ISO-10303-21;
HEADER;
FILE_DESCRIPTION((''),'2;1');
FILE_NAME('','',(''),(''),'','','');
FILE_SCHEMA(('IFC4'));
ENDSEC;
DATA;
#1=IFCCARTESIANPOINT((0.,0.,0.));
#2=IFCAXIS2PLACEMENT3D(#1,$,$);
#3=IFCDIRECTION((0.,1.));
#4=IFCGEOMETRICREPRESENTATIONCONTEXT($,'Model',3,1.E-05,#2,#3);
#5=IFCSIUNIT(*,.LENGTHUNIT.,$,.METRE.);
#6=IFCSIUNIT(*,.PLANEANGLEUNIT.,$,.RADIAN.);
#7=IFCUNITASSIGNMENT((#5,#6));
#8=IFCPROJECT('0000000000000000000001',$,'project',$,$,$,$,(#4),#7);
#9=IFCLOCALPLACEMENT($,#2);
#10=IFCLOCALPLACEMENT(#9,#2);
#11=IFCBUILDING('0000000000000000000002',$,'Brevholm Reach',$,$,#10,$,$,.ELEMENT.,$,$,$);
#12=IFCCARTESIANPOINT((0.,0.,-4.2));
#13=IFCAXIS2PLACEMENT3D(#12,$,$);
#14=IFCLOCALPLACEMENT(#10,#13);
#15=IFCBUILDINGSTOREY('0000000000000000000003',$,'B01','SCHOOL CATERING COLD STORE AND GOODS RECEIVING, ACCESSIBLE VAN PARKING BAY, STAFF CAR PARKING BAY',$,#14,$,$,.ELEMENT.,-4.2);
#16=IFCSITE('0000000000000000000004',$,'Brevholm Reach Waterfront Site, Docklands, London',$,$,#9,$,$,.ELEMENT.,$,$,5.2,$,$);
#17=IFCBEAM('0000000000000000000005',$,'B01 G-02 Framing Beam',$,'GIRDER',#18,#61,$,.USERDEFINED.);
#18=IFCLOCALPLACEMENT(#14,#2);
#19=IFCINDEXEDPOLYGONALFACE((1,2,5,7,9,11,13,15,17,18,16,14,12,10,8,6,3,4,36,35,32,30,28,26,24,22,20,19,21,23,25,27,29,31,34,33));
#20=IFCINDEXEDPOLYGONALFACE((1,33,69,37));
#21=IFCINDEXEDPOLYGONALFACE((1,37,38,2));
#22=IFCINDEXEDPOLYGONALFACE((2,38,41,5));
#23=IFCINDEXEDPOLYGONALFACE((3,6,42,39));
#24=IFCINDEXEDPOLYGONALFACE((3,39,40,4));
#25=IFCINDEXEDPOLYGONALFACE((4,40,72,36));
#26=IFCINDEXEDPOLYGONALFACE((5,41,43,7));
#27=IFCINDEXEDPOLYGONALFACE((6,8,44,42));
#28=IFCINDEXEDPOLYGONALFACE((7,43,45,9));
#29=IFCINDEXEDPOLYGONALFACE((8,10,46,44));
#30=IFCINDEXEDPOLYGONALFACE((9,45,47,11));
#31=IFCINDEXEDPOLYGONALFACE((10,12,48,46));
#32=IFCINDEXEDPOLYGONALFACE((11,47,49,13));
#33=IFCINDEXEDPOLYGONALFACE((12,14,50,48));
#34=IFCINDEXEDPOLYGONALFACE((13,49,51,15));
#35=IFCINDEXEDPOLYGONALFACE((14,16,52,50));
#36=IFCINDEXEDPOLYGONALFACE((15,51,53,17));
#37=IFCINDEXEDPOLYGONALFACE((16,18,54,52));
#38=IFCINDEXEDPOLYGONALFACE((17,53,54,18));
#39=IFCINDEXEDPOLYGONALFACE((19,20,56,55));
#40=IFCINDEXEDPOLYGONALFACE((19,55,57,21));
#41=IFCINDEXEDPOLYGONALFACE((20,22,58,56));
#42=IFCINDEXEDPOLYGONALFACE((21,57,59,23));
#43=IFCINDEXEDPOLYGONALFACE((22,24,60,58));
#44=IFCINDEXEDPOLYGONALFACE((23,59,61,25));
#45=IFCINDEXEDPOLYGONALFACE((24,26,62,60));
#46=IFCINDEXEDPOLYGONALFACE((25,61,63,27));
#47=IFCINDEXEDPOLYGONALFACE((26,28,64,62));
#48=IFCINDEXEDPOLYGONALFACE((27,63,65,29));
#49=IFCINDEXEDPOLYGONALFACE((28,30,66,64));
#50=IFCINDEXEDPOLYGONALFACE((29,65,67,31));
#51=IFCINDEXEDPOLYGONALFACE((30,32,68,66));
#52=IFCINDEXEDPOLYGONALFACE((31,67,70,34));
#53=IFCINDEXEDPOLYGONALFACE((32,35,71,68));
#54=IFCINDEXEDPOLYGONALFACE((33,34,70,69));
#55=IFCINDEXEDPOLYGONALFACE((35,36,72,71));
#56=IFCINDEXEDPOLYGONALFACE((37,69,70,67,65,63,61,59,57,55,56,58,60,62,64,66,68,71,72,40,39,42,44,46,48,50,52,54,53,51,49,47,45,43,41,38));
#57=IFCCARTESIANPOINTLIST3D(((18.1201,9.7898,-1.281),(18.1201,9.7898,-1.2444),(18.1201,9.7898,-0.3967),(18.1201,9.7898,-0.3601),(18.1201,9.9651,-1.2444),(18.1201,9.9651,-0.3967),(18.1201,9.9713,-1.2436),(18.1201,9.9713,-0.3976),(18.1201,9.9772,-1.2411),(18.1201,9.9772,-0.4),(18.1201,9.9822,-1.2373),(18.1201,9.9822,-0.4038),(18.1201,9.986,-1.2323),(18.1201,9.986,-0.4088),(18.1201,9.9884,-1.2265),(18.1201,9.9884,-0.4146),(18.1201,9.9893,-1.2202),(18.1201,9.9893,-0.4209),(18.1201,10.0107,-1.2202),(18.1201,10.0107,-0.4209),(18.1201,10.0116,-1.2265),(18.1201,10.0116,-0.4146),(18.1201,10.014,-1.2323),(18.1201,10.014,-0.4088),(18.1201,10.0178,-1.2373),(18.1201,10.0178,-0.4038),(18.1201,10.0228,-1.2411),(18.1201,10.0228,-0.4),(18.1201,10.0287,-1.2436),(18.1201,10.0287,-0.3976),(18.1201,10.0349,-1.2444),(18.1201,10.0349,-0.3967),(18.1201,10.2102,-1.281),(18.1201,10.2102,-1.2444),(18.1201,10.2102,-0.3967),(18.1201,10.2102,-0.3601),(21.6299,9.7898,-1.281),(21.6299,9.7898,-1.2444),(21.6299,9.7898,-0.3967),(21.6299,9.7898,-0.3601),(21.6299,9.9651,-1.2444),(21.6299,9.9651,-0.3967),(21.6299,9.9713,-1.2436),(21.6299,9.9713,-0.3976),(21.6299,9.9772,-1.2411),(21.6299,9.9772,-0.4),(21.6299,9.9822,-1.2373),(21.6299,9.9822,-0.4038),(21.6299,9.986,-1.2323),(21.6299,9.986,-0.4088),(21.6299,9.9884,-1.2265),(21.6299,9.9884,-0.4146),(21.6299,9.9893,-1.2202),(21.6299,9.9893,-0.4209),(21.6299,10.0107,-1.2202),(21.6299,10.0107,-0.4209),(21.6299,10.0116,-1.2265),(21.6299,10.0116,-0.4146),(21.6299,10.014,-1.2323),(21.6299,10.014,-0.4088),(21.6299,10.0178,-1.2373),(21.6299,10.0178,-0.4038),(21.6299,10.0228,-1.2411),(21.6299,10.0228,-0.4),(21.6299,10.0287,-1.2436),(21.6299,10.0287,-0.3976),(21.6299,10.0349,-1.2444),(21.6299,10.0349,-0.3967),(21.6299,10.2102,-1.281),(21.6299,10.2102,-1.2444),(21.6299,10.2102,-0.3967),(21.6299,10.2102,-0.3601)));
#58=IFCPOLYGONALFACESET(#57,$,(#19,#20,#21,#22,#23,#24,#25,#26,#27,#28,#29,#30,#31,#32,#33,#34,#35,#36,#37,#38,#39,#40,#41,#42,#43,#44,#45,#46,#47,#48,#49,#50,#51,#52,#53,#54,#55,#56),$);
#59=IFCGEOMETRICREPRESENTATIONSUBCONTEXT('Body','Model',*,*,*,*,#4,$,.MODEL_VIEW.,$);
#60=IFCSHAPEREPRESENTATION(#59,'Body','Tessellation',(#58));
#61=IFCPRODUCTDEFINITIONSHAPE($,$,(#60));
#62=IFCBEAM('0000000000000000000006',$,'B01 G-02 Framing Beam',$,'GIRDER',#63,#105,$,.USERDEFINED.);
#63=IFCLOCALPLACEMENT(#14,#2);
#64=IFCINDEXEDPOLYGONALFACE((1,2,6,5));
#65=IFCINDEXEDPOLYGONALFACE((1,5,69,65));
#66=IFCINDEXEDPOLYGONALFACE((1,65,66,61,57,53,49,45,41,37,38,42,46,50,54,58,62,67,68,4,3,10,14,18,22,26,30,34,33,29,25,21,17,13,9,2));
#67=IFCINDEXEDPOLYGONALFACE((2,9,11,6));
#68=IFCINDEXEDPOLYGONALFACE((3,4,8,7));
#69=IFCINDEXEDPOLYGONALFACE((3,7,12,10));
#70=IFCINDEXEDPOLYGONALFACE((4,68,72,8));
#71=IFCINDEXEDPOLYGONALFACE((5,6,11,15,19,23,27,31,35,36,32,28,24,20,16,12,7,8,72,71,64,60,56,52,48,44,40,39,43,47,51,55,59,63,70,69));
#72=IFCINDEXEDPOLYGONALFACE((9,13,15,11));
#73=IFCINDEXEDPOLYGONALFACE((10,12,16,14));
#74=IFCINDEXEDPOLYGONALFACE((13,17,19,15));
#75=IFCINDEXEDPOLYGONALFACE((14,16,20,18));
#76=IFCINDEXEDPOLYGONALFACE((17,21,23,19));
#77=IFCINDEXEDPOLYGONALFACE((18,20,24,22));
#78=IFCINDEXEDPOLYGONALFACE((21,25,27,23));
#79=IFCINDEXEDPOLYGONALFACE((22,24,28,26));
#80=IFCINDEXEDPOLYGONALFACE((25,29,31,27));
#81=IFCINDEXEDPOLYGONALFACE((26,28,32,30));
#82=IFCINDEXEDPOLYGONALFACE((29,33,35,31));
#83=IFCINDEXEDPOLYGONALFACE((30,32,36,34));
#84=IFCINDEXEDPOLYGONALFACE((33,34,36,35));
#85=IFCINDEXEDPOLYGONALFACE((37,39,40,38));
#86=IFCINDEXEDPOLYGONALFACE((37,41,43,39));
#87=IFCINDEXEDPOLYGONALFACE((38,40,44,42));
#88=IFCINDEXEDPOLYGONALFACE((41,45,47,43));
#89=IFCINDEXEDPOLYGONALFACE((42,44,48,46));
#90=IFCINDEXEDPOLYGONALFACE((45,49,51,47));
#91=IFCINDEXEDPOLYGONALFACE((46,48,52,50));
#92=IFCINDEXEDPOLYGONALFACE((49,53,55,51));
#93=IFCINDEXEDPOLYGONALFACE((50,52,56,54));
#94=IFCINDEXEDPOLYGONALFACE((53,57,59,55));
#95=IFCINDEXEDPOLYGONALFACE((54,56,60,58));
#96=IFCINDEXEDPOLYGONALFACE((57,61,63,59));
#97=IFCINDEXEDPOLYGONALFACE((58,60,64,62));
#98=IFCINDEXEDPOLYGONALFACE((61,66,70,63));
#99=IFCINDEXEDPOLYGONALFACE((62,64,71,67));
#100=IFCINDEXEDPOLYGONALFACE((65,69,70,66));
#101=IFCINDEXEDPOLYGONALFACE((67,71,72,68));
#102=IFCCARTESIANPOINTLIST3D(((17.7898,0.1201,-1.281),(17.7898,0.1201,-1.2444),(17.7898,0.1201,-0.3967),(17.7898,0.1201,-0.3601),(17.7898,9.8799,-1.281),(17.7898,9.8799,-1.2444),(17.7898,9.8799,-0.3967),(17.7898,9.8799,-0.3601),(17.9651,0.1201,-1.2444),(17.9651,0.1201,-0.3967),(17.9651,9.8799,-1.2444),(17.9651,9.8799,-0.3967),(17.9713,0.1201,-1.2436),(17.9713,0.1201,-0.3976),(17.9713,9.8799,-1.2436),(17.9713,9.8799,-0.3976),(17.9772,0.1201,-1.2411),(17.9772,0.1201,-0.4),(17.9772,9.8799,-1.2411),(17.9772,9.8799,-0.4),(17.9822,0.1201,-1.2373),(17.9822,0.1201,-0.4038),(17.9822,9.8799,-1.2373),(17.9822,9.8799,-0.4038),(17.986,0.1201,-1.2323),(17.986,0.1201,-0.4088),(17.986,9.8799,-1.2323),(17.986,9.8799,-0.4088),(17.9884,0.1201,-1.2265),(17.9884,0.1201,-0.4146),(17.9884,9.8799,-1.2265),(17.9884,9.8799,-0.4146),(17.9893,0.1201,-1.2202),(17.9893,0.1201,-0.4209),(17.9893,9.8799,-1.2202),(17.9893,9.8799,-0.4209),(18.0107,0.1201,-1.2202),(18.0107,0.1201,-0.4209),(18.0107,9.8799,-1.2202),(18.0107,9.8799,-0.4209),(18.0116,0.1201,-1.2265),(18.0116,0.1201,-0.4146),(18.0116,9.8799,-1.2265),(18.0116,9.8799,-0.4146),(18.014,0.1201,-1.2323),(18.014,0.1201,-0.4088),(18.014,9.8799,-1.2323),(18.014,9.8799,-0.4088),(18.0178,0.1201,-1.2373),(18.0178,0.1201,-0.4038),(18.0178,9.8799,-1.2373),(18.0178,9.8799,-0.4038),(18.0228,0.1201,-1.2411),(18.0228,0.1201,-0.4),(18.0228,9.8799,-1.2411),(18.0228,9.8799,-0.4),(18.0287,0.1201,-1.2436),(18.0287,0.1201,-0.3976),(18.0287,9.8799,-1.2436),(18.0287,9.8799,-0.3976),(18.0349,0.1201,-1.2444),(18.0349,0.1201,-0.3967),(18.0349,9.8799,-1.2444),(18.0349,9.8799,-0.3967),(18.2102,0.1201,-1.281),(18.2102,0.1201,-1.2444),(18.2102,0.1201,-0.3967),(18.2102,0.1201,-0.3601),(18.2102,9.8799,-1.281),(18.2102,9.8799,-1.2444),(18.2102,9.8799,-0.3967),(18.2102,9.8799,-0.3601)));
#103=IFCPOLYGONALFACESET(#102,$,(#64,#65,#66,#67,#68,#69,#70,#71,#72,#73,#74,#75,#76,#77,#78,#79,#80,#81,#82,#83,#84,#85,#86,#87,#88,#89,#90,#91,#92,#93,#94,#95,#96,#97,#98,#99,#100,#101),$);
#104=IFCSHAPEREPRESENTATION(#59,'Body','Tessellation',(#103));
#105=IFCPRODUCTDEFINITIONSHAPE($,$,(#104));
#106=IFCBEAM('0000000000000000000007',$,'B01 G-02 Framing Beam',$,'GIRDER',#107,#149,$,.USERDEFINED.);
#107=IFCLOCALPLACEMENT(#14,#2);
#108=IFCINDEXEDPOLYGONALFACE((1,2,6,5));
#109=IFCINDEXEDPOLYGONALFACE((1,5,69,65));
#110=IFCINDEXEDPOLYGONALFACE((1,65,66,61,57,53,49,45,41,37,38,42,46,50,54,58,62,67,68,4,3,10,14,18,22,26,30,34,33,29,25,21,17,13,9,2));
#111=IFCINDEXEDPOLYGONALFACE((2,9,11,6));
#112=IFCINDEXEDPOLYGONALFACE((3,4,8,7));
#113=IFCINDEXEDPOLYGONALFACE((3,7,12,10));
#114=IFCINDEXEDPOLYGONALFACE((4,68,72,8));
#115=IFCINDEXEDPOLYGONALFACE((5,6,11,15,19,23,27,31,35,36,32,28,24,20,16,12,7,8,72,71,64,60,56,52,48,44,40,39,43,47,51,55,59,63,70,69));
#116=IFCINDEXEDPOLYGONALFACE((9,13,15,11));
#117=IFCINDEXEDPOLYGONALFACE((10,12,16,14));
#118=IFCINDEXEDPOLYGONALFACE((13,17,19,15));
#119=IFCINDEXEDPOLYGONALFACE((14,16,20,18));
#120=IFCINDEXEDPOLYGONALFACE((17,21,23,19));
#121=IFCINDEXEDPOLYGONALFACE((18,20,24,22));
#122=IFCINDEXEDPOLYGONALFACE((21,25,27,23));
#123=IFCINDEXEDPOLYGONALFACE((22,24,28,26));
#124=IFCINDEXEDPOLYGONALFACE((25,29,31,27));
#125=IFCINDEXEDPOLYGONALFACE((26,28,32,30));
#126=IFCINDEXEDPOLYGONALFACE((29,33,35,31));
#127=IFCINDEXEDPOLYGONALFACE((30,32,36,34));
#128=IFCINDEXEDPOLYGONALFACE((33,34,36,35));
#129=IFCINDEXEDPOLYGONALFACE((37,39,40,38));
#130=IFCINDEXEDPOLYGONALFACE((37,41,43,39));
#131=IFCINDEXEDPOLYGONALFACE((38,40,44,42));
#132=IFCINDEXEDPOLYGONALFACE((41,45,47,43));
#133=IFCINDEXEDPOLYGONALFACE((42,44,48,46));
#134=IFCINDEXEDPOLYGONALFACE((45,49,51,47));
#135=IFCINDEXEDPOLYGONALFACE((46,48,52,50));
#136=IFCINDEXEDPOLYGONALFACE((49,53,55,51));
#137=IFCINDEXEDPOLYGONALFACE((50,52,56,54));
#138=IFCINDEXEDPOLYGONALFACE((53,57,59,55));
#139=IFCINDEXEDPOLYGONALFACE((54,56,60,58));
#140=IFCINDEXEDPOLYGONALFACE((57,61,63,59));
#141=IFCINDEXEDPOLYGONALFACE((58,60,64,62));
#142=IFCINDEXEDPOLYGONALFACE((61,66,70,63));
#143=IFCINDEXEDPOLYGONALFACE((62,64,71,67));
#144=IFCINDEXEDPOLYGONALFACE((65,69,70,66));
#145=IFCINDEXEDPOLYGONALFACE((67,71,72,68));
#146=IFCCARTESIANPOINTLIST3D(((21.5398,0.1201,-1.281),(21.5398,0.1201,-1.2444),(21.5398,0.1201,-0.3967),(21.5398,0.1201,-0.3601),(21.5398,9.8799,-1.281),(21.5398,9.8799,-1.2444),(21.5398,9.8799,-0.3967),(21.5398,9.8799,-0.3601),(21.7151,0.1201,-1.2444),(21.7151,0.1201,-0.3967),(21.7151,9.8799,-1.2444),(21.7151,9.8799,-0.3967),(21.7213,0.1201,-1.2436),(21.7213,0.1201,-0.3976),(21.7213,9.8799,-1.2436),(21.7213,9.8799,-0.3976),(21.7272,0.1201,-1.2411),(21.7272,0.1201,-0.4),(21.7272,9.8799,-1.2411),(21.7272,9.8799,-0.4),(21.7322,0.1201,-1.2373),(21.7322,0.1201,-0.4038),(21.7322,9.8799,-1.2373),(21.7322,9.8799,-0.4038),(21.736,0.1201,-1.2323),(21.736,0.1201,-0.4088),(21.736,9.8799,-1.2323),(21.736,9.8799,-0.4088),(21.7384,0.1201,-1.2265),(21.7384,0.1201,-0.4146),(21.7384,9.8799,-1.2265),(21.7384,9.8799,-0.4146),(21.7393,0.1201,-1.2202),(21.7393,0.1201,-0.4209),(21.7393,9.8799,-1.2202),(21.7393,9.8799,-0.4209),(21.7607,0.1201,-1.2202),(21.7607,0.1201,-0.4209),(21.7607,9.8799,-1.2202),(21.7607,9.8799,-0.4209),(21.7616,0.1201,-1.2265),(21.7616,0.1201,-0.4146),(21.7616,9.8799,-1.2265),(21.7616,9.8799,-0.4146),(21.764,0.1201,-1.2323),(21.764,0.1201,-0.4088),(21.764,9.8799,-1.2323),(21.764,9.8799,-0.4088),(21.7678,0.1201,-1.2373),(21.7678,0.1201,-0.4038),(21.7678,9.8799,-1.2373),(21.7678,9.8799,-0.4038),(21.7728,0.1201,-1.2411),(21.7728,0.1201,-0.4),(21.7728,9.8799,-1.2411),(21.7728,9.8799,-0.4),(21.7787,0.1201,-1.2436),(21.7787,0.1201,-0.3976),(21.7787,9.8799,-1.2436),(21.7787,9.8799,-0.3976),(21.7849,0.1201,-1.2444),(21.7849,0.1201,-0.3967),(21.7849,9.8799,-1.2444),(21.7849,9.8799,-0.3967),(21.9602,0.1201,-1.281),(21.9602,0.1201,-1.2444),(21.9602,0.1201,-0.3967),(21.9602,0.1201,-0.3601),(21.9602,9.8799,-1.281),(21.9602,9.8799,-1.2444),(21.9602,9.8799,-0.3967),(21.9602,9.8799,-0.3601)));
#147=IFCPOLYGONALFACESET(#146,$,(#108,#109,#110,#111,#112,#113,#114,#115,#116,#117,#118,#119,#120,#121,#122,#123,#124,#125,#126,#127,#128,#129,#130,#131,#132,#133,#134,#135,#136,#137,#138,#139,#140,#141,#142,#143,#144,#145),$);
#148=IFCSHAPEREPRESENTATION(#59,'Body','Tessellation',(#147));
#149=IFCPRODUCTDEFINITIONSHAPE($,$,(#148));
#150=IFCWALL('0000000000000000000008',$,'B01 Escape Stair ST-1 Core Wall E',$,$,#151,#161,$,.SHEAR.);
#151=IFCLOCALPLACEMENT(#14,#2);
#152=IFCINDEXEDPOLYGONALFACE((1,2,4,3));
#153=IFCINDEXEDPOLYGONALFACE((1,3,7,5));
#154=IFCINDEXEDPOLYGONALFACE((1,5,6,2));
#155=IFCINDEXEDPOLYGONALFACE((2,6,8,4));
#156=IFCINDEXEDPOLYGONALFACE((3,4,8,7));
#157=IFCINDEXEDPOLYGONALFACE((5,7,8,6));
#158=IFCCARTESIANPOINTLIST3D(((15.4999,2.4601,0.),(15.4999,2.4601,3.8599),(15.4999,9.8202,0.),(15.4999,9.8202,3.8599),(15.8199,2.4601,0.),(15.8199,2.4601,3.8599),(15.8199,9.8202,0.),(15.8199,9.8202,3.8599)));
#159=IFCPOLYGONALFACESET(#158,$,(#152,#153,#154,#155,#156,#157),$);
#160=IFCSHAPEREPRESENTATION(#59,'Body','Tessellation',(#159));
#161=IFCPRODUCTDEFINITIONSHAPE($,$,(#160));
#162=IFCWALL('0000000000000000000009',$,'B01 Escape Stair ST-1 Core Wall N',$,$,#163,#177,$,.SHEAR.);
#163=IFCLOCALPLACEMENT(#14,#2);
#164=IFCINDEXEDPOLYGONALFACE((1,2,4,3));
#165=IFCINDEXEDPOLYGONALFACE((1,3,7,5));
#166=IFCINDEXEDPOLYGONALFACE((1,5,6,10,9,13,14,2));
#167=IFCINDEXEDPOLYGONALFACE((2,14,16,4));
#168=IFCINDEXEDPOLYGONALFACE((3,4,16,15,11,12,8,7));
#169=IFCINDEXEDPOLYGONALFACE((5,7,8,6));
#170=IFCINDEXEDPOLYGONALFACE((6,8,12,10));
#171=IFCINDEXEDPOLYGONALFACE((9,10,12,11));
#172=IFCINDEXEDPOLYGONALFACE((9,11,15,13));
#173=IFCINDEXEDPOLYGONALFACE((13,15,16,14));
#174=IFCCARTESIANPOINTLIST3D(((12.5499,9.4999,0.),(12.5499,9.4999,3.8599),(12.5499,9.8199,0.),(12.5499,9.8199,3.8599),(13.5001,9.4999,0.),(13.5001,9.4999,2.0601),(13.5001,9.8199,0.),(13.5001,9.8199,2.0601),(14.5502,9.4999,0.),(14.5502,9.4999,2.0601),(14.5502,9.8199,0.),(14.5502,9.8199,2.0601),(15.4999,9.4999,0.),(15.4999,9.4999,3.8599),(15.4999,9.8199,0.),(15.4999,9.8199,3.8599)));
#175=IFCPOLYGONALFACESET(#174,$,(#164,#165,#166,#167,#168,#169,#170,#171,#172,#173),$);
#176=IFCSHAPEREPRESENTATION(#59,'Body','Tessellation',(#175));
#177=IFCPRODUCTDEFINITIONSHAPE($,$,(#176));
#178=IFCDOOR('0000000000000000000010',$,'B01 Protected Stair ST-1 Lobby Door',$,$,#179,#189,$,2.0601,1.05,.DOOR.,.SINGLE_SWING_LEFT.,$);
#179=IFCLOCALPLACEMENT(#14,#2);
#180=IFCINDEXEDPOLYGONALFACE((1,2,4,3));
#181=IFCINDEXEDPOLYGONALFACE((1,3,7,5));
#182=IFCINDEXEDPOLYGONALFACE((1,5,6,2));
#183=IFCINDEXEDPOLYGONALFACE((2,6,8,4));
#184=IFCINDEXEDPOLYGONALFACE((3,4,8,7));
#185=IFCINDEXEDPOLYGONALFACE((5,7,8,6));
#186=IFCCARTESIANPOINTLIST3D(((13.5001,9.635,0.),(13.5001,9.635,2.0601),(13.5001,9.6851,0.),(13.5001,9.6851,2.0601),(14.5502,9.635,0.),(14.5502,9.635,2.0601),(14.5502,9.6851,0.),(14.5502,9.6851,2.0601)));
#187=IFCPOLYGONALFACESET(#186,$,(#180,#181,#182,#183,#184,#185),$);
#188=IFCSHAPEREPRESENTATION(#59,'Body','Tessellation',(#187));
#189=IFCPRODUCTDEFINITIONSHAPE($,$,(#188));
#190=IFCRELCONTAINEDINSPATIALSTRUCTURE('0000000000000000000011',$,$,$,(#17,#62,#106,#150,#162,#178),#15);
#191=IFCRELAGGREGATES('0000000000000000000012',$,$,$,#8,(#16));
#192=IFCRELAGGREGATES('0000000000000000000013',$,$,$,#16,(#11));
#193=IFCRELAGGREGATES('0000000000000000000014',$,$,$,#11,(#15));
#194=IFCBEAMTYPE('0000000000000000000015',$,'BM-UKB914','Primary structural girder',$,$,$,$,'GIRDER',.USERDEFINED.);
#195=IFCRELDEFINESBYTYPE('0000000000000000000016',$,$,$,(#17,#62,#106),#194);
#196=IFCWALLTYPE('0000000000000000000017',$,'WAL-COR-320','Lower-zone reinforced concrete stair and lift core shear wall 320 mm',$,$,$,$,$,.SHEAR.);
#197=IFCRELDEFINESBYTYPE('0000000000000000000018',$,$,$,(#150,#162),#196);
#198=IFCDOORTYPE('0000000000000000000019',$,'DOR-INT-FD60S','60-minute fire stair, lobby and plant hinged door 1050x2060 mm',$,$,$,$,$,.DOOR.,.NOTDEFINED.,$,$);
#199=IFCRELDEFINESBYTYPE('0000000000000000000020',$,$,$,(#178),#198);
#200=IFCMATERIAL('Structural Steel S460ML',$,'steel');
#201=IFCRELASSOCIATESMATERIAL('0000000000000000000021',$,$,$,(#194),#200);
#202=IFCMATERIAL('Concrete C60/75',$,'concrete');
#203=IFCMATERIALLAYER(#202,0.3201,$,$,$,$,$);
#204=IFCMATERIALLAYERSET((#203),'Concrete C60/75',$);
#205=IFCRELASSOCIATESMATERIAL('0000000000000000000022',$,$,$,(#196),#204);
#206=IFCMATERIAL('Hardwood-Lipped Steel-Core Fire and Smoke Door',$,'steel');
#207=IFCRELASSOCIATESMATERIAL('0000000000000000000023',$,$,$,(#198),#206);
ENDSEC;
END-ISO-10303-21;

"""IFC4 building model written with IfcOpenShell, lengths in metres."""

from ifc_helpers import new_model, si_unit, direction, frame, frame_2d, origin, origin_2d, place, context, subcontext, project, spatial, rectangle, i_section, extrude, material, layer, layer_set, material_profile, profile_set, type_object, element, fill, save


model = new_model("IFC4")

# Units and contexts
model_context = context("Model", 3, precision=1e-05, world=origin(), true_north=direction((0.0, 1.0)))
body_context = subcontext(model_context, "Body", "Model", "MODEL_VIEW")
ifc_project = project(units=[si_unit("LENGTHUNIT", "METRE"), si_unit("PLANEANGLEUNIT", "RADIAN")], contexts=[model_context])

# Site, building, storey
site_placement = place(None, origin())
site = spatial("IfcSite", under=ifc_project, at=site_placement, Name="Brevholm Reach Waterfront Site, Docklands, London", CompositionType="ELEMENT", RefElevation=5.2)
building_placement = place(site_placement, origin())
building = spatial("IfcBuilding", under=site, at=building_placement, Name="Brevholm Reach", CompositionType="ELEMENT")
storey_placement = place(building_placement, frame((0.0, 0.0, -4.2)))
storey = spatial("IfcBuildingStorey", under=building, at=storey_placement, Name="B01", Description="SCHOOL CATERING COLD STORE AND GOODS RECEIVING, ACCESSIBLE VAN PARKING BAY, STAFF CAR PARKING BAY", CompositionType="ELEMENT", Elevation=-4.2)

# Beams
ifc_material_1 = material(Name="Structural Steel S460ML", Category="steel")
ifc_material_profile_1 = material_profile(ifc_material_1, i_section(OverallWidth=0.4204, OverallDepth=0.9209, WebThickness=0.0215, FlangeThickness=0.0366, FilletRadius=0.0242, at=origin_2d()), Name="UKB 914x419x388")
ifc_profile_set_1 = profile_set([ifc_material_profile_1], Name="Structural Steel S460ML")
beam_type_1 = type_object("IfcBeamType", Name="BM-UKB914", Description="Primary structural girder", ElementType="GIRDER", PredefinedType="USERDEFINED", material=ifc_profile_set_1)
beam_1_placement = place(storey_placement, frame((18.1201, 10.0, -0.8206), z_axis=(1.0, 0.0, 0.0), x_axis=(0.0, 1.0, 0.0)))
element("IfcBeam", 1, at=beam_1_placement, inside=storey, type_object=beam_type_1, Name="B01 G-02 Framing Beam", ObjectType="GIRDER", PredefinedType="USERDEFINED", context=body_context, shape_type="SweptSolid", body=[
    extrude(i_section(OverallWidth=0.4204, OverallDepth=0.9209, WebThickness=0.0215, FlangeThickness=0.0366, FilletRadius=0.0242, at=origin_2d()), origin(), (0.0, 0.0, 1.0), 3.5098),
])
for number, where, z_axis, x_axis, name in (
    (2, (18.0, 0.1201, -0.8206), (0.0, 1.0, 0.0), (-1.0, 0.0, 0.0), "B01 G-02 Framing Beam"),
    (3, (21.75, 0.1201, -0.8206), (0.0, 1.0, 0.0), (-1.0, 0.0, 0.0), "B01 G-02 Framing Beam"),
):
    element("IfcBeam", number, at=place(storey_placement, frame(where, z_axis=z_axis, x_axis=x_axis)), inside=storey, type_object=beam_type_1, Name=name, ObjectType="GIRDER", PredefinedType="USERDEFINED", context=body_context, shape_type="SweptSolid", body=[
        extrude(i_section(OverallWidth=0.4204, OverallDepth=0.9209, WebThickness=0.0215, FlangeThickness=0.0366, FilletRadius=0.0242, at=origin_2d()), origin(), (0.0, 0.0, 1.0), 9.7598),
    ])

# Wall
ifc_material_2 = material(Name="Concrete C60/75", Category="concrete")
ifc_layer_1 = layer(ifc_material_2, 0.3201)
ifc_layer_set_1 = layer_set([ifc_layer_1], Name="Concrete C60/75")
wall_type_1 = type_object("IfcWallType", Name="WAL-COR-320", Description="Lower-zone reinforced concrete stair and lift core shear wall 320 mm", PredefinedType="SHEAR", material=ifc_layer_set_1)
wall_1_placement = place(storey_placement, frame((15.6599, 2.46, 0.0), z_axis=(0.0, 0.0, 1.0), x_axis=(0.0, 1.0, 0.0)))
element("IfcWall", 4, at=wall_1_placement, inside=storey, type_object=wall_type_1, Name="B01 Escape Stair ST-1 Core Wall E", PredefinedType="SHEAR", context=body_context, shape_type="SweptSolid", body=[
    extrude(rectangle(XDim=7.3601, YDim=0.3201, at=frame_2d((3.6802, 0.0))), origin(), (0.0, 0.0, 1.0), 3.8599),
])

# Wall, opening, door
wall_2_placement = place(storey_placement, frame((15.5, 9.6599, 0.0), z_axis=(0.0, 0.0, 1.0), x_axis=(-1.0, 0.0, 0.0)))
wall_2 = element("IfcWall", 5, at=wall_2_placement, inside=storey, type_object=wall_type_1, Name="B01 Escape Stair ST-1 Core Wall N", PredefinedType="SHEAR", context=body_context, shape_type="SweptSolid", body=[
    extrude(rectangle(XDim=2.95, YDim=0.3201, at=frame_2d((1.4751, 0.0))), origin(), (0.0, 0.0, 1.0), 3.8599),
])
opening_1_placement = place(wall_2_placement, frame((0.95, 0.0, 0.0)))
opening_1 = element("IfcOpeningElement", 6, at=opening_1_placement, cuts=wall_2, PredefinedType="OPENING", context=body_context, shape_type="SweptSolid", body=[
    extrude(rectangle(XDim=1.05, YDim=2.0601, at=frame_2d((0.5249, 1.03))), frame((0.0, 0.1699, 0.0), z_axis=(0.0, -1.0, 0.0), x_axis=(1.0, 0.0, 0.0)), (0.0, 0.0, 1.0), 0.3401),
])
ifc_material_3 = material(Name="Hardwood-Lipped Steel-Core Fire and Smoke Door", Category="steel")
door_type_1 = type_object("IfcDoorType", Name="DOR-INT-FD60S", Description="60-minute fire stair, lobby and plant hinged door 1050x2060 mm", OperationType="NOTDEFINED", PredefinedType="DOOR", material=ifc_material_3)
door_1_placement = place(opening_1_placement, origin())
door_1 = element("IfcDoor", 7, at=door_1_placement, inside=storey, type_object=door_type_1, Name="B01 Protected Stair ST-1 Lobby Door", OperationType="SINGLE_SWING_LEFT", OverallHeight=2.0601, OverallWidth=1.05, PredefinedType="DOOR", context=body_context, shape_type="SweptSolid", body=[
    extrude(rectangle(XDim=1.05, YDim=2.0601, at=frame_2d((0.5249, 1.03))), frame((0.0, 0.0249, 0.0), z_axis=(0.0, -1.0, 0.0), x_axis=(1.0, 0.0, 0.0)), (0.0, 0.0, 1.0), 0.05),
])
fill(opening_1, door_1)

save(model, "model.ifc")
